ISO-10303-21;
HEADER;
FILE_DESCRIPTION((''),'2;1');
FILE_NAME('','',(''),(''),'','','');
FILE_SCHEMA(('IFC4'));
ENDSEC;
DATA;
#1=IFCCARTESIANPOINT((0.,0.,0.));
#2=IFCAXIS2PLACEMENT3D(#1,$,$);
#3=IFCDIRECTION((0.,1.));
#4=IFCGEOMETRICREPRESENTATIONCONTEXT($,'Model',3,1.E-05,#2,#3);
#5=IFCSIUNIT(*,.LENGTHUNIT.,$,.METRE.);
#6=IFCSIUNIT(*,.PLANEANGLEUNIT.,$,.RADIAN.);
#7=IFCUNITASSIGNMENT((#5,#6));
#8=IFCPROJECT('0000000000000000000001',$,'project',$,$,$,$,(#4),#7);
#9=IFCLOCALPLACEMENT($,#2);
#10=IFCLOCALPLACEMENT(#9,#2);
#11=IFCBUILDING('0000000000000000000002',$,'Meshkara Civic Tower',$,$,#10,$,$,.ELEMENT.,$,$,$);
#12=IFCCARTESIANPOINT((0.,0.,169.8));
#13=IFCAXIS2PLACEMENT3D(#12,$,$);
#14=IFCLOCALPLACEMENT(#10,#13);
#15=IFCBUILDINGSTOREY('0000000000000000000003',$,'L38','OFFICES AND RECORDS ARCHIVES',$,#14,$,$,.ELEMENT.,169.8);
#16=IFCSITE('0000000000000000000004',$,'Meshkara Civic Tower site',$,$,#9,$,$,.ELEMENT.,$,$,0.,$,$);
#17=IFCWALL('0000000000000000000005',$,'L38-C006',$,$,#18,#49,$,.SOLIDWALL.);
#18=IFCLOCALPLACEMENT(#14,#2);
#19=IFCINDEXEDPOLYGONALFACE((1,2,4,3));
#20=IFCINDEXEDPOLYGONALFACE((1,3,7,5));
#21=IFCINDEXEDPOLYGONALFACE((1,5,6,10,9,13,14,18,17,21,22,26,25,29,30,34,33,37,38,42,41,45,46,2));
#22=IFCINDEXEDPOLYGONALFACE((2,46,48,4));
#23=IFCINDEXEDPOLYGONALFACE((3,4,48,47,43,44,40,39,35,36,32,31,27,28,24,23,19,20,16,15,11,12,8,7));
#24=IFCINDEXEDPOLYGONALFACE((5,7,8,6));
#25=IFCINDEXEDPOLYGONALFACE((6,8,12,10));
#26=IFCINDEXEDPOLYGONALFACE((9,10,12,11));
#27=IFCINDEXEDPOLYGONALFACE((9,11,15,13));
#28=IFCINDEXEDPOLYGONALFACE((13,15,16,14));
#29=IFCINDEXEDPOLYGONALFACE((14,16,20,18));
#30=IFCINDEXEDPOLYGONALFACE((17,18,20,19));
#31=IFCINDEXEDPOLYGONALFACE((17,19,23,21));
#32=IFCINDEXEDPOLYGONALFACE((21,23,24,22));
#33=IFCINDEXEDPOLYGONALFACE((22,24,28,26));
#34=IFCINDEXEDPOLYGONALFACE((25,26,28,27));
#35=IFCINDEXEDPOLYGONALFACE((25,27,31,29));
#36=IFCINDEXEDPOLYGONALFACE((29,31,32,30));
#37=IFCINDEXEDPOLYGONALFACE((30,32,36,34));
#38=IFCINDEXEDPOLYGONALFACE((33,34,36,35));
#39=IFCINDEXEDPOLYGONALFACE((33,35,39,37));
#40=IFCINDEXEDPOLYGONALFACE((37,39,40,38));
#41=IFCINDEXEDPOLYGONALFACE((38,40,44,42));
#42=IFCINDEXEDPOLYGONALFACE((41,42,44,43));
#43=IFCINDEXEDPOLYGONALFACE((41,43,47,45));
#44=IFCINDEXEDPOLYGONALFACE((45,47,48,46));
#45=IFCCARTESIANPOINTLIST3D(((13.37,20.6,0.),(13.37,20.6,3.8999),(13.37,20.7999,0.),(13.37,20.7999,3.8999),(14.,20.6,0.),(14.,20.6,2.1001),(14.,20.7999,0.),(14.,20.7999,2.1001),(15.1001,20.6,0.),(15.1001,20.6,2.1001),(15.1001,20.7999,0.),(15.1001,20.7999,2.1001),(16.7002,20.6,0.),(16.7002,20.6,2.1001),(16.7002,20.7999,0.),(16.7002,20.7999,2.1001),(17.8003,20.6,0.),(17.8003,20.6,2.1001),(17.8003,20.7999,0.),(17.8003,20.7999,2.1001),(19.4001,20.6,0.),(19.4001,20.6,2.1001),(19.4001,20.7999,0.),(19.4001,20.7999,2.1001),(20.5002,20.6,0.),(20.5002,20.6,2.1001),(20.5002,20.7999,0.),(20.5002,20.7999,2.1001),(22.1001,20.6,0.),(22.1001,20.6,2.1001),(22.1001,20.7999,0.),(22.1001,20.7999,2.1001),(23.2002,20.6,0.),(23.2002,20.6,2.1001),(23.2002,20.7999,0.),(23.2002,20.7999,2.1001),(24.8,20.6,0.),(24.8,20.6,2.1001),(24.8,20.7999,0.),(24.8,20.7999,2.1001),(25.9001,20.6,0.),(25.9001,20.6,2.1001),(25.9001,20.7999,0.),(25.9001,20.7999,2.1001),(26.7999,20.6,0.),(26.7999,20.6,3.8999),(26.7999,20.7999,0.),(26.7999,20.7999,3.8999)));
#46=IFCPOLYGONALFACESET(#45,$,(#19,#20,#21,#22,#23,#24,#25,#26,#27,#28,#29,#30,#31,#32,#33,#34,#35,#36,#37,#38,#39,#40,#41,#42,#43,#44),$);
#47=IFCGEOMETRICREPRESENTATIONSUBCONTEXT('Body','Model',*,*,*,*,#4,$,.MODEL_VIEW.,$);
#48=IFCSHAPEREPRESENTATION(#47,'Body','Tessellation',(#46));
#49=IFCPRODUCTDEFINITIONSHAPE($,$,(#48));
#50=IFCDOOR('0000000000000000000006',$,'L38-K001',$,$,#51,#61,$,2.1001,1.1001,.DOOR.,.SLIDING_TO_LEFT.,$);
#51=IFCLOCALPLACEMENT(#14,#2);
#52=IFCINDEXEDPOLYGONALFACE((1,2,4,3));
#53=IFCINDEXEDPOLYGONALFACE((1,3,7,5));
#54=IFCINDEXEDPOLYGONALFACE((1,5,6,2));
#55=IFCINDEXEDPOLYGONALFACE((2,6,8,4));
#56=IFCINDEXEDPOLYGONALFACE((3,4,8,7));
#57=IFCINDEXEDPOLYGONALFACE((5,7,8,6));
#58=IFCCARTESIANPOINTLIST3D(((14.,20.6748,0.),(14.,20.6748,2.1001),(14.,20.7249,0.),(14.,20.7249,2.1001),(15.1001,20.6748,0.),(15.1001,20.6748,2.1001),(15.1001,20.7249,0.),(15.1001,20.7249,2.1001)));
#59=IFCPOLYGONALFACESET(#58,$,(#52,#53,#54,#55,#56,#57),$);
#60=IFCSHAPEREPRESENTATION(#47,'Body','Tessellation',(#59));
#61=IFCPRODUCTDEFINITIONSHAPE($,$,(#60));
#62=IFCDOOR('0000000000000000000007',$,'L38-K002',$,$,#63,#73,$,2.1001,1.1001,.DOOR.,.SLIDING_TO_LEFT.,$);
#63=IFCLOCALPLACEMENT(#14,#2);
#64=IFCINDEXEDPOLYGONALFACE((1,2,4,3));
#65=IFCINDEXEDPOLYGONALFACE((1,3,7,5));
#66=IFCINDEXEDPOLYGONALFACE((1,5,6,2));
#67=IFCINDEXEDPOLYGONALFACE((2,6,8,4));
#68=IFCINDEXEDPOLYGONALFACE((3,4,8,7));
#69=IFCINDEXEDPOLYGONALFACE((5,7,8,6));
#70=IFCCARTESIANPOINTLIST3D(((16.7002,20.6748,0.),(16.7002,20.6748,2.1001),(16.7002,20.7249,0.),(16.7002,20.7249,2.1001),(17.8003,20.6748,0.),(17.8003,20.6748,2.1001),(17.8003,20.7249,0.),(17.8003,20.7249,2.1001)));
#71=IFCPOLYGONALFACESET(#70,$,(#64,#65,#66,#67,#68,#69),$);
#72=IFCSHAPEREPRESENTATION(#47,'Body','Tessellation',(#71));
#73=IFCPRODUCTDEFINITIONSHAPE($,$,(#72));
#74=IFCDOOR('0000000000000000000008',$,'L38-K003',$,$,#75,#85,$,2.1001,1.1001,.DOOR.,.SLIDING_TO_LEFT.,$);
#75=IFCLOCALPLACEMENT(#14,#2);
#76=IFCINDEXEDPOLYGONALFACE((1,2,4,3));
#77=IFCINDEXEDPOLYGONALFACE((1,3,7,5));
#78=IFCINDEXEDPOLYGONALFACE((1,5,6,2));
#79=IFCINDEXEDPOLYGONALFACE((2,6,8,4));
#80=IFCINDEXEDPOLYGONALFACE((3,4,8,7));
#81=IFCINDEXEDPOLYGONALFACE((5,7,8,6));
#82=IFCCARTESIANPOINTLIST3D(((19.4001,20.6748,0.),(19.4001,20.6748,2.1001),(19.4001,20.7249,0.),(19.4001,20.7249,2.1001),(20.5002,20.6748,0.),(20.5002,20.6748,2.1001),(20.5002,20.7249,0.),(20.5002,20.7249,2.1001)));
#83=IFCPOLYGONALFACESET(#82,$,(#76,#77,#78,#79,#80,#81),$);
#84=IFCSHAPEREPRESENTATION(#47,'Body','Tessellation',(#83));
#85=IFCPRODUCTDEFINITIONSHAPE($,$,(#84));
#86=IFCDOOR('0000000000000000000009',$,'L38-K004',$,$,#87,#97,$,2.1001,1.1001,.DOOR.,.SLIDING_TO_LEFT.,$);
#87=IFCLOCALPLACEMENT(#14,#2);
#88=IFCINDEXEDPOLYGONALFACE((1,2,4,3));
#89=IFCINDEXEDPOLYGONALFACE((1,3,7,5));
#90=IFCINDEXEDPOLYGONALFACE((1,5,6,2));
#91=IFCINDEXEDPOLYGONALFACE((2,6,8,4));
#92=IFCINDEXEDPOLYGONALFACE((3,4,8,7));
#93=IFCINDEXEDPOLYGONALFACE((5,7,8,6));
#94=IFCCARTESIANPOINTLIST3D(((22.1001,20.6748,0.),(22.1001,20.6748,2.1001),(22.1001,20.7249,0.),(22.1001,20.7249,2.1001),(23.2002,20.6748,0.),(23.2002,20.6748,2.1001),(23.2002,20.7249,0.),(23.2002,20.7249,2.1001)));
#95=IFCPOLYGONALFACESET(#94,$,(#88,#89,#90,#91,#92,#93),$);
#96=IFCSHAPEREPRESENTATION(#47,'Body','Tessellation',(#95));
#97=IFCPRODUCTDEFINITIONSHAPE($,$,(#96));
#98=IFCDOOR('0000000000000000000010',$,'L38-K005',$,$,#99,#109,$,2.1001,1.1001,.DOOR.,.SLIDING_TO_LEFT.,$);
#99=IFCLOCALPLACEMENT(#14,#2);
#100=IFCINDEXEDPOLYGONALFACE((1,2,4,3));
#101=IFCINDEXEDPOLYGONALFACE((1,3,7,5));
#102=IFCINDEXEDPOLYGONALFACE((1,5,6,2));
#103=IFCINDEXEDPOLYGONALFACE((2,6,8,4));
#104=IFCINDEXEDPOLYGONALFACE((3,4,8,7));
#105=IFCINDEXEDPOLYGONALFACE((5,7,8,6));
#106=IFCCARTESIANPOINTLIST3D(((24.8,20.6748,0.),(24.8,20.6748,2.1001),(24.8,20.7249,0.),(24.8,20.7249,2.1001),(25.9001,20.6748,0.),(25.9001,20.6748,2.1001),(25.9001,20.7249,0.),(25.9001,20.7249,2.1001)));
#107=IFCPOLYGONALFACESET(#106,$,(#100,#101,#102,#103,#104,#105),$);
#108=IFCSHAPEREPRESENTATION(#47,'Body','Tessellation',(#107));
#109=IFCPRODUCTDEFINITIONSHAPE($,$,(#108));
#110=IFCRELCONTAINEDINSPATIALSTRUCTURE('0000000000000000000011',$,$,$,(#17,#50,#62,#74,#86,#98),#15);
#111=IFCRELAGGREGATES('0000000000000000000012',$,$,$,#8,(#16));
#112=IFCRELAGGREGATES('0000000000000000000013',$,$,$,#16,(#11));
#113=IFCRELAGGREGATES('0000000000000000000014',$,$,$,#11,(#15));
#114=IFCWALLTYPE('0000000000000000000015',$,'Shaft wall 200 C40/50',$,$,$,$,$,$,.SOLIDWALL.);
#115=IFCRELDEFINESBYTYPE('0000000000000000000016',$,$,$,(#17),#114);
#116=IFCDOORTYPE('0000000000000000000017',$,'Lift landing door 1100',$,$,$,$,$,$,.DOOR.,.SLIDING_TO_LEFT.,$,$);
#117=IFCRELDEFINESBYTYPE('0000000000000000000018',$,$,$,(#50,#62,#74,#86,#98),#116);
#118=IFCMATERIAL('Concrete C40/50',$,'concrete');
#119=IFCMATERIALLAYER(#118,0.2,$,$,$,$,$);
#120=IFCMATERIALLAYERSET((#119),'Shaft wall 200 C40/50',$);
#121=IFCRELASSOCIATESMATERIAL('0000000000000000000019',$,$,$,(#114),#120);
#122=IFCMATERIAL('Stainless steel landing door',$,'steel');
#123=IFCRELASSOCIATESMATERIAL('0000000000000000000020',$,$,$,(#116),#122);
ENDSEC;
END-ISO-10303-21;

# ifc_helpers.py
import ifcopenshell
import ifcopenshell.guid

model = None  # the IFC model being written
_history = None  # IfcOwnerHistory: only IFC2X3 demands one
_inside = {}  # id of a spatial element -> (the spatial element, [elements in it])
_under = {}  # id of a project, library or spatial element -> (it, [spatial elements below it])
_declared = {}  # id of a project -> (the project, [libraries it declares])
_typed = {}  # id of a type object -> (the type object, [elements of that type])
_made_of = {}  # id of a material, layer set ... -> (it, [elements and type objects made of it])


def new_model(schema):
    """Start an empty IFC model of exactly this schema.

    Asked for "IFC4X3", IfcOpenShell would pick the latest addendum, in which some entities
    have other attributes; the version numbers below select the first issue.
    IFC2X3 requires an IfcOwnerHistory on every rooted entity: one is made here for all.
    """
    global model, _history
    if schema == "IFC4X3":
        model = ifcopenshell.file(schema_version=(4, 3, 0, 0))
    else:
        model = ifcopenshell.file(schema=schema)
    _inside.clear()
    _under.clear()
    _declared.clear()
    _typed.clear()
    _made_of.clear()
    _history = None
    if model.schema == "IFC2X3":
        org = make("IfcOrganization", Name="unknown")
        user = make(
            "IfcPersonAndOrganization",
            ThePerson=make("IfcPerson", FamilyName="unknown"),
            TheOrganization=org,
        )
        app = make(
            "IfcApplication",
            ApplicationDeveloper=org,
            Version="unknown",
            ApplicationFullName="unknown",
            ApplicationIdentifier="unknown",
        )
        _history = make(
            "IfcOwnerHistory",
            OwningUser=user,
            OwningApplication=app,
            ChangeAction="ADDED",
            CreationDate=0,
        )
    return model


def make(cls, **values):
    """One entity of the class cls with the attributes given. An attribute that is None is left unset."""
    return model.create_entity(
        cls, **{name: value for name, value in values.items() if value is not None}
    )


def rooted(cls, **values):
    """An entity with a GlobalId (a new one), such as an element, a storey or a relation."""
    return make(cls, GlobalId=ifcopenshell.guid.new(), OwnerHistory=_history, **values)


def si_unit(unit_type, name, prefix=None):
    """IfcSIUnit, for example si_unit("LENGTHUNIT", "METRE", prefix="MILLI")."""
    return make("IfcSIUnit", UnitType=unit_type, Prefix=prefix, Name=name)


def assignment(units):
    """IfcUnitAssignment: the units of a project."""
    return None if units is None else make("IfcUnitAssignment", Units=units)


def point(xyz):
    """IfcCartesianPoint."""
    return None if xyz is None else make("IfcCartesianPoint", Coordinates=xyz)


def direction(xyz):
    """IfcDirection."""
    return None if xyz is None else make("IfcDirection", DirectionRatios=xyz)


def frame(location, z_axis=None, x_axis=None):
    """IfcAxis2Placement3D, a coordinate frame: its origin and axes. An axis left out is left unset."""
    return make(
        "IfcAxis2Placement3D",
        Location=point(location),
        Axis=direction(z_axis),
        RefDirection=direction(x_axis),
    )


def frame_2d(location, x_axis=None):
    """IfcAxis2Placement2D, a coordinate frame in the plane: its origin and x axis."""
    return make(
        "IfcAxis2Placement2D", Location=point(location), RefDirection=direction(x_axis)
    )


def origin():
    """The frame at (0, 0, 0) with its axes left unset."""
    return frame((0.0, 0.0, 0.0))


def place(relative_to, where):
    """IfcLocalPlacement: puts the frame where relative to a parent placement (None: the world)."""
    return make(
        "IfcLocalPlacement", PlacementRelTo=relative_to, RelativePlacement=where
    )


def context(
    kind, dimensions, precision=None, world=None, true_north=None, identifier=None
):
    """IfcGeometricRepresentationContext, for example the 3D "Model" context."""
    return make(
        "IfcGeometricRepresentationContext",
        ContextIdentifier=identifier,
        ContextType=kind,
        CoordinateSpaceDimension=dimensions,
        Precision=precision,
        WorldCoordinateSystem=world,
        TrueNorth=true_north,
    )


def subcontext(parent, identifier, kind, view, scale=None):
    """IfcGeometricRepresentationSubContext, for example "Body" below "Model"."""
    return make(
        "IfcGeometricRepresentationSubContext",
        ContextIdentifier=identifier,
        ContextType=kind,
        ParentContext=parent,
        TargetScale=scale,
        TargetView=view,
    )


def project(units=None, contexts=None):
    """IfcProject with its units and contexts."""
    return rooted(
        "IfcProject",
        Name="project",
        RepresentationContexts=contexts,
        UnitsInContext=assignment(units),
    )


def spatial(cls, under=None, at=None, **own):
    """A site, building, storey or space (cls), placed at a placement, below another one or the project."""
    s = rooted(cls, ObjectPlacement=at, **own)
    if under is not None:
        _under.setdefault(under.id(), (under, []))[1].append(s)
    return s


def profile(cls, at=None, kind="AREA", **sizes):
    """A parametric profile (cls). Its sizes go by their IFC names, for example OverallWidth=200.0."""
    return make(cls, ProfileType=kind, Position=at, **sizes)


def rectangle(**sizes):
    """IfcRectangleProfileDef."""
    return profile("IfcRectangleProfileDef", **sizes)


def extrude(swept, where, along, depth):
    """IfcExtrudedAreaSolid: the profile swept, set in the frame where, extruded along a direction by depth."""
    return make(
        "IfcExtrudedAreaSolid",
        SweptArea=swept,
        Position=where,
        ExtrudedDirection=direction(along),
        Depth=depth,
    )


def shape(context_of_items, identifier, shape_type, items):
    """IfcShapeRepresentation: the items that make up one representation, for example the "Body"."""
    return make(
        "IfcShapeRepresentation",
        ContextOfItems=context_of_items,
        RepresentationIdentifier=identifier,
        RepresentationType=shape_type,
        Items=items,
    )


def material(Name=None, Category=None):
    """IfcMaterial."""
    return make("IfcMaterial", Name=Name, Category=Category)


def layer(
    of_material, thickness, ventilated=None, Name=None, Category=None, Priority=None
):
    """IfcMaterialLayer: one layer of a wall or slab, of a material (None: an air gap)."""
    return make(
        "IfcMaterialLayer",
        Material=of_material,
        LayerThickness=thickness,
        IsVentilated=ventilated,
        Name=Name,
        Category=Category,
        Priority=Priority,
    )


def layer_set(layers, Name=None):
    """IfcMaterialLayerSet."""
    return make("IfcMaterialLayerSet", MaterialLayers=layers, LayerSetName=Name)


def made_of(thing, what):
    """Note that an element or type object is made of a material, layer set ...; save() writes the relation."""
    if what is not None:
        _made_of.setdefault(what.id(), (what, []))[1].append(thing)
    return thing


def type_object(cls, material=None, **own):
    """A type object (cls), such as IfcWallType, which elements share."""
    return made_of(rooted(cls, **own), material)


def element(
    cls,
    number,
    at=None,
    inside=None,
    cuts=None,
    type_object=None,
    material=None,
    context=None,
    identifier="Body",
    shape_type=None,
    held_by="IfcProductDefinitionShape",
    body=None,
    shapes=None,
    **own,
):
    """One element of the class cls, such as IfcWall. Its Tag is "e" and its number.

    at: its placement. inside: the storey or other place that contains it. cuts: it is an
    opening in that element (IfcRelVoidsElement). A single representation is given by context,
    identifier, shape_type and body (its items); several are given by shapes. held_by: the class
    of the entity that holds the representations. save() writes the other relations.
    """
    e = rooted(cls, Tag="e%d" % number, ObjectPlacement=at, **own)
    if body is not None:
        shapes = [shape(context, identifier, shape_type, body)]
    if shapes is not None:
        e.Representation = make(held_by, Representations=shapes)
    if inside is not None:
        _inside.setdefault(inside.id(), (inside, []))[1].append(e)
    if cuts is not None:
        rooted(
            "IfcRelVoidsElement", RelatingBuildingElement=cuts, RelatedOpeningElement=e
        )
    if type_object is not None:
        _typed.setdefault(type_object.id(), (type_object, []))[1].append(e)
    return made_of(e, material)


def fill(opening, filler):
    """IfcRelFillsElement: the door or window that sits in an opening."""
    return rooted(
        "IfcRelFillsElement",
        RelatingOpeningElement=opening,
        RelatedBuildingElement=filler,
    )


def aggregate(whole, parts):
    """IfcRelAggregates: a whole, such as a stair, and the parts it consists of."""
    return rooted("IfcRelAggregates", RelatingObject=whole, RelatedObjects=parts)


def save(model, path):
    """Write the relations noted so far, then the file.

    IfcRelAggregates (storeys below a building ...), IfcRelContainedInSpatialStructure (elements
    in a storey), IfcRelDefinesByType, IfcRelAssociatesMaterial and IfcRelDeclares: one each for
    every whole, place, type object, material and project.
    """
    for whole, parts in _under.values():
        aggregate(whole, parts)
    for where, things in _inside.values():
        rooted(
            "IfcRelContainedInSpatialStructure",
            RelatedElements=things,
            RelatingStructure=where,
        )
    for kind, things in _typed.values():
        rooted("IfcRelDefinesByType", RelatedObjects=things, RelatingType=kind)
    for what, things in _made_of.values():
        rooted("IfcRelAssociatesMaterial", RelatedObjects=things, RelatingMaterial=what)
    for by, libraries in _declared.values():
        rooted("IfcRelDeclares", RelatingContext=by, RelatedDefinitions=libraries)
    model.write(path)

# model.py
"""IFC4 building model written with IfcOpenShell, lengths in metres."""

from ifc_helpers import new_model, si_unit, direction, frame, frame_2d, origin, place, context, subcontext, project, spatial, rectangle, extrude, material, layer, layer_set, type_object, element, fill, save


model = new_model("IFC4")

# Units and contexts
model_context = context("Model", 3, precision=1e-05, world=origin(), true_north=direction((0.0, 1.0)))
body_context = subcontext(model_context, "Body", "Model", "MODEL_VIEW")
ifc_project = project(units=[si_unit("LENGTHUNIT", "METRE"), si_unit("PLANEANGLEUNIT", "RADIAN")], contexts=[model_context])

# Site, building, storey
site_placement = place(None, origin())
site = spatial("IfcSite", under=ifc_project, at=site_placement, Name="Meshkara Civic Tower site", CompositionType="ELEMENT", RefElevation=0.0)
building_placement = place(site_placement, origin())
building = spatial("IfcBuilding", under=site, at=building_placement, Name="Meshkara Civic Tower", CompositionType="ELEMENT")
storey_placement = place(building_placement, frame((0.0, 0.0, 169.8)))
storey = spatial("IfcBuildingStorey", under=building, at=storey_placement, Name="L38", Description="OFFICES AND RECORDS ARCHIVES", CompositionType="ELEMENT", Elevation=169.8)

# Wall, openings, doors
ifc_material_1 = material(Name="Concrete C40/50", Category="concrete")
ifc_layer_1 = layer(ifc_material_1, 0.2)
ifc_layer_set_1 = layer_set([ifc_layer_1], Name="Shaft wall 200 C40/50")
wall_type_1 = type_object("IfcWallType", Name="Shaft wall 200 C40/50", PredefinedType="SOLIDWALL", material=ifc_layer_set_1)
wall_1_placement = place(storey_placement, frame((13.3701, 20.7, 0.0), z_axis=(0.0, 0.0, 1.0), x_axis=(1.0, 0.0, 0.0)))
wall_1 = element("IfcWall", 1, at=wall_1_placement, inside=storey, type_object=wall_type_1, Name="L38-C006", PredefinedType="SOLIDWALL", context=body_context, shape_type="SweptSolid", body=[
    extrude(rectangle(XDim=13.4299, YDim=0.2, at=frame_2d((6.7148, 0.0))), origin(), (0.0, 0.0, 1.0), 3.8999),
])
opening_1_placement = place(wall_1_placement, frame((0.6299, 0.0, 0.0)))
opening_1 = element("IfcOpeningElement", 2, at=opening_1_placement, cuts=wall_1, PredefinedType="OPENING", context=body_context, shape_type="SweptSolid", body=[
    extrude(rectangle(XDim=1.1001, YDim=2.1001, at=frame_2d((0.55, 1.05))), frame((0.0, 0.1099, 0.0), z_axis=(0.0, -1.0, 0.0), x_axis=(1.0, 0.0, 0.0)), (0.0, 0.0, 1.0), 0.22),
])
opening_2_placement = place(wall_1_placement, frame((3.3301, 0.0, 0.0)))
opening_2 = element("IfcOpeningElement", 3, at=opening_2_placement, cuts=wall_1, PredefinedType="OPENING", context=body_context, shape_type="SweptSolid", body=[
    extrude(rectangle(XDim=1.1001, YDim=2.1001, at=frame_2d((0.55, 1.05))), frame((0.0, 0.1099, 0.0), z_axis=(0.0, -1.0, 0.0), x_axis=(1.0, 0.0, 0.0)), (0.0, 0.0, 1.0), 0.22),
])
opening_3_placement = place(wall_1_placement, frame((6.03, 0.0, 0.0)))
opening_3 = element("IfcOpeningElement", 4, at=opening_3_placement, cuts=wall_1, PredefinedType="OPENING", context=body_context, shape_type="SweptSolid", body=[
    extrude(rectangle(XDim=1.1001, YDim=2.1001, at=frame_2d((0.55, 1.05))), frame((0.0, 0.1099, 0.0), z_axis=(0.0, -1.0, 0.0), x_axis=(1.0, 0.0, 0.0)), (0.0, 0.0, 1.0), 0.22),
])
opening_4_placement = place(wall_1_placement, frame((8.73, 0.0, 0.0)))
opening_4 = element("IfcOpeningElement", 5, at=opening_4_placement, cuts=wall_1, PredefinedType="OPENING", context=body_context, shape_type="SweptSolid", body=[
    extrude(rectangle(XDim=1.1001, YDim=2.1001, at=frame_2d((0.55, 1.05))), frame((0.0, 0.1099, 0.0), z_axis=(0.0, -1.0, 0.0), x_axis=(1.0, 0.0, 0.0)), (0.0, 0.0, 1.0), 0.22),
])
opening_5_placement = place(wall_1_placement, frame((11.4299, 0.0, 0.0)))
opening_5 = element("IfcOpeningElement", 6, at=opening_5_placement, cuts=wall_1, PredefinedType="OPENING", context=body_context, shape_type="SweptSolid", body=[
    extrude(rectangle(XDim=1.1001, YDim=2.1001, at=frame_2d((0.55, 1.05))), frame((0.0, 0.1099, 0.0), z_axis=(0.0, -1.0, 0.0), x_axis=(1.0, 0.0, 0.0)), (0.0, 0.0, 1.0), 0.22),
])
ifc_material_2 = material(Name="Stainless steel landing door", Category="steel")
door_type_1 = type_object("IfcDoorType", Name="Lift landing door 1100", OperationType="SLIDING_TO_LEFT", PredefinedType="DOOR", material=ifc_material_2)
door_1_placement = place(opening_1_placement, origin())
door_1 = element("IfcDoor", 7, at=door_1_placement, inside=storey, type_object=door_type_1, Name="L38-K001", OperationType="SLIDING_TO_LEFT", OverallHeight=2.1001, OverallWidth=1.1001, PredefinedType="DOOR", context=body_context, shape_type="SweptSolid", body=[
    extrude(rectangle(XDim=1.1001, YDim=2.1001, at=frame_2d((0.55, 1.05))), frame((0.0, 0.0249, 0.0), z_axis=(0.0, -1.0, 0.0), x_axis=(1.0, 0.0, 0.0)), (0.0, 0.0, 1.0), 0.05),
])
fill(opening_1, door_1)
door_2_placement = place(opening_2_placement, origin())
door_2 = element("IfcDoor", 8, at=door_2_placement, inside=storey, type_object=door_type_1, Name="L38-K002", OperationType="SLIDING_TO_LEFT", OverallHeight=2.1001, OverallWidth=1.1001, PredefinedType="DOOR", context=body_context, shape_type="SweptSolid", body=[
    extrude(rectangle(XDim=1.1001, YDim=2.1001, at=frame_2d((0.55, 1.05))), frame((0.0, 0.0249, 0.0), z_axis=(0.0, -1.0, 0.0), x_axis=(1.0, 0.0, 0.0)), (0.0, 0.0, 1.0), 0.05),
])
fill(opening_2, door_2)
door_3_placement = place(opening_3_placement, origin())
door_3 = element("IfcDoor", 9, at=door_3_placement, inside=storey, type_object=door_type_1, Name="L38-K003", OperationType="SLIDING_TO_LEFT", OverallHeight=2.1001, OverallWidth=1.1001, PredefinedType="DOOR", context=body_context, shape_type="SweptSolid", body=[
    extrude(rectangle(XDim=1.1001, YDim=2.1001, at=frame_2d((0.55, 1.05))), frame((0.0, 0.0249, 0.0), z_axis=(0.0, -1.0, 0.0), x_axis=(1.0, 0.0, 0.0)), (0.0, 0.0, 1.0), 0.05),
])
fill(opening_3, door_3)
door_4_placement = place(opening_4_placement, origin())
door_4 = element("IfcDoor", 10, at=door_4_placement, inside=storey, type_object=door_type_1, Name="L38-K004", OperationType="SLIDING_TO_LEFT", OverallHeight=2.1001, OverallWidth=1.1001, PredefinedType="DOOR", context=body_context, shape_type="SweptSolid", body=[
    extrude(rectangle(XDim=1.1001, YDim=2.1001, at=frame_2d((0.55, 1.05))), frame((0.0, 0.0249, 0.0), z_axis=(0.0, -1.0, 0.0), x_axis=(1.0, 0.0, 0.0)), (0.0, 0.0, 1.0), 0.05),
])
fill(opening_4, door_4)
door_5_placement = place(opening_5_placement, origin())
door_5 = element("IfcDoor", 11, at=door_5_placement, inside=storey, type_object=door_type_1, Name="L38-K005", OperationType="SLIDING_TO_LEFT", OverallHeight=2.1001, OverallWidth=1.1001, PredefinedType="DOOR", context=body_context, shape_type="SweptSolid", body=[
    extrude(rectangle(XDim=1.1001, YDim=2.1001, at=frame_2d((0.55, 1.05))), frame((0.0, 0.0249, 0.0), z_axis=(0.0, -1.0, 0.0), x_axis=(1.0, 0.0, 0.0)), (0.0, 0.0, 1.0), 0.05),
])
fill(opening_5, door_5)

save(model, "model.ifc")
